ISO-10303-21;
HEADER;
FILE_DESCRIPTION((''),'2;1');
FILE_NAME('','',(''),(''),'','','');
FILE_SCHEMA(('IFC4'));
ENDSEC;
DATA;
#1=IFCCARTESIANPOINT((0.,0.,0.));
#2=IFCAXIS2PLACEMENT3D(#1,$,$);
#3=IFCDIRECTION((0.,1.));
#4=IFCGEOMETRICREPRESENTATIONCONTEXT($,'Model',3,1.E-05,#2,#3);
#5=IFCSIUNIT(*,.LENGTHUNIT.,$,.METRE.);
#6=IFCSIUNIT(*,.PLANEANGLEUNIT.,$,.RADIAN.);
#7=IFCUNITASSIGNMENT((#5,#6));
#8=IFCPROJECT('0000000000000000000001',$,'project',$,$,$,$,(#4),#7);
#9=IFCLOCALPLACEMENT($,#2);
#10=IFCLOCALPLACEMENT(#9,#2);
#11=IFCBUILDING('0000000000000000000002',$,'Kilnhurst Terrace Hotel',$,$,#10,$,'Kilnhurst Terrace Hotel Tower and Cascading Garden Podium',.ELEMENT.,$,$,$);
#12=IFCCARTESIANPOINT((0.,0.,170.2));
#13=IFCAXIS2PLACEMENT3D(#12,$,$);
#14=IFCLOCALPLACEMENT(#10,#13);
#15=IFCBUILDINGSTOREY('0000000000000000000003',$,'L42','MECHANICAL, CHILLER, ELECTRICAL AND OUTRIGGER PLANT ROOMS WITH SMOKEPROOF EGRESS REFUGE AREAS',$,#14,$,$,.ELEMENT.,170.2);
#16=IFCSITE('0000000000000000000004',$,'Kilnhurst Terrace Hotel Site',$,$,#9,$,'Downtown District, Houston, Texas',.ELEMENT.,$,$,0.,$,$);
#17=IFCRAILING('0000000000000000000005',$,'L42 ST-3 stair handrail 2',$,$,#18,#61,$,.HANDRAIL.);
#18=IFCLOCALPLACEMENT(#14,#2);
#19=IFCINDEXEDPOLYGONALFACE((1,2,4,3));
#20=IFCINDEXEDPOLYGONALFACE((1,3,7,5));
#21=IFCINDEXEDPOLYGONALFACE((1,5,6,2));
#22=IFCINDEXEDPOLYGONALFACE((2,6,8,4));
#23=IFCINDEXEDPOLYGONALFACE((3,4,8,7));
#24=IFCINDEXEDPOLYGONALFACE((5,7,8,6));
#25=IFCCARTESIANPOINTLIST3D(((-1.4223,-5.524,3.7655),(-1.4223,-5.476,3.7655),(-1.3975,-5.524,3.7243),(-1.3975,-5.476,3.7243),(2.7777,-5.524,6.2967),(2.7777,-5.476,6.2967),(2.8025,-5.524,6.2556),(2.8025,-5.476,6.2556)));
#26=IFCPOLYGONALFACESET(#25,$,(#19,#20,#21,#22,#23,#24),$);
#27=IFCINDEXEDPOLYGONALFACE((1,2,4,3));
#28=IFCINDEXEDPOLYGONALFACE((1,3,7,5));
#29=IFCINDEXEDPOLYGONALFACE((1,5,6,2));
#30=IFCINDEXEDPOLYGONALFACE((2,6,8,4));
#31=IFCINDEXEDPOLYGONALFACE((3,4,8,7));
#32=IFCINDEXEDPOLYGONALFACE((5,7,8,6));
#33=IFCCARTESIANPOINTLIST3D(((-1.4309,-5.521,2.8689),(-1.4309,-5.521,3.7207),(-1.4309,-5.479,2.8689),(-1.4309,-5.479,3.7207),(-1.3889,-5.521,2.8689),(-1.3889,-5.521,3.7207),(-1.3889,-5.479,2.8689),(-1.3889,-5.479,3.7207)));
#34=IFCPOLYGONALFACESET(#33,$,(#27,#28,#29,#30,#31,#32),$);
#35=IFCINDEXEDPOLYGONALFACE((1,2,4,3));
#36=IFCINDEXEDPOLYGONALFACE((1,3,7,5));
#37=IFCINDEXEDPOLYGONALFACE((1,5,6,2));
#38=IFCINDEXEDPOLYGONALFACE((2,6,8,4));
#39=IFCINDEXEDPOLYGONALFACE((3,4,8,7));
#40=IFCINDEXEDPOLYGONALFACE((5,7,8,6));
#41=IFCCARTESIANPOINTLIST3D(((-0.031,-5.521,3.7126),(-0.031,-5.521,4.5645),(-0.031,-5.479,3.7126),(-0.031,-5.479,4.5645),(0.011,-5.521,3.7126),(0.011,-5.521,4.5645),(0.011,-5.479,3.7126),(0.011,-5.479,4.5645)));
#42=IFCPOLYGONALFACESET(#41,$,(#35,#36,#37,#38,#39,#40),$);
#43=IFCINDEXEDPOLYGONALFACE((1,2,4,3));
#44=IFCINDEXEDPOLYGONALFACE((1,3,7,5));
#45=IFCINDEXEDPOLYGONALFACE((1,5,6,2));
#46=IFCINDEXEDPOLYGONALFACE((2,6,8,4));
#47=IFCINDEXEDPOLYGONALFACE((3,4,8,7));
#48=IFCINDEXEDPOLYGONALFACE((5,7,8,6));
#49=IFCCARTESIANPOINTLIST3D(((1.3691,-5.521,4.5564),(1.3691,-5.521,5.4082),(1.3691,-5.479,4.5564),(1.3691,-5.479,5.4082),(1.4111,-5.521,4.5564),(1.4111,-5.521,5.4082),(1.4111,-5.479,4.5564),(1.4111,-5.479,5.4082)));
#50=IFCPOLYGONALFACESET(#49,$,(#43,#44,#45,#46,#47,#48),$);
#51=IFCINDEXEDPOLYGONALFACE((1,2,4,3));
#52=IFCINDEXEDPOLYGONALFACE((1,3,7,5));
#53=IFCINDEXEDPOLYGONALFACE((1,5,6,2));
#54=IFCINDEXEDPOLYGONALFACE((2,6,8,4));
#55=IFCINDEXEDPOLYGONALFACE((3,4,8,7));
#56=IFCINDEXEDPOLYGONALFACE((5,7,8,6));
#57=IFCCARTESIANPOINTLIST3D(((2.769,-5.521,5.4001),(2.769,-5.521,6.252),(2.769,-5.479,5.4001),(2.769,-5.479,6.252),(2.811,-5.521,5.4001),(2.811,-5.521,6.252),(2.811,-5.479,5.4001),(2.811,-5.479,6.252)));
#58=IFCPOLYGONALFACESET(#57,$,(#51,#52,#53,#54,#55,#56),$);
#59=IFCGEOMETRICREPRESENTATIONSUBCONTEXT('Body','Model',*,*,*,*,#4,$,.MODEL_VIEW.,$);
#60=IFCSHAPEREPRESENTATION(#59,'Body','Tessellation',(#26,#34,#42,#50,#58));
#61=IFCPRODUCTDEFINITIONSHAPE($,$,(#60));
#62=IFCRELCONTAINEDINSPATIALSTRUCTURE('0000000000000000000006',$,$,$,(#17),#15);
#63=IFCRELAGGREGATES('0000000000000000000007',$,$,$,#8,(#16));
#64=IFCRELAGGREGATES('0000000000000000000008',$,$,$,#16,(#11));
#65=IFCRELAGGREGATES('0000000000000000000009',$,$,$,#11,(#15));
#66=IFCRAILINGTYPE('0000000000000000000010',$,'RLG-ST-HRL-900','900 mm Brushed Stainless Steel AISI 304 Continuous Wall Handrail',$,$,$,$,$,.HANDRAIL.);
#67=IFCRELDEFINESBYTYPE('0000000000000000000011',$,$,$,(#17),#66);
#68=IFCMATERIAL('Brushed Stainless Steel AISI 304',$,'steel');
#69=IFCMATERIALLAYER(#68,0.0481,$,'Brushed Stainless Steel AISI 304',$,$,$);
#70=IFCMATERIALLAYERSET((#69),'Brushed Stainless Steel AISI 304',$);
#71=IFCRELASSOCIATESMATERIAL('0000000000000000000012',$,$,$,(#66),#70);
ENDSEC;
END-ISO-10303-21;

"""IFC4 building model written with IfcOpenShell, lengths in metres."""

from ifc_helpers import new_model, si_unit, direction, frame, origin, origin_2d, place, context, subcontext, project, spatial, rectangle, extrude, material, layer, layer_set, type_object, element, save


model = new_model("IFC4")

# Units and contexts
model_context = context("Model", 3, precision=1e-05, world=origin(), true_north=direction((0.0, 1.0)))
body_context = subcontext(model_context, "Body", "Model", "MODEL_VIEW")
ifc_project = project(units=[si_unit("LENGTHUNIT", "METRE"), si_unit("PLANEANGLEUNIT", "RADIAN")], contexts=[model_context])

# Site, building, storey
site_placement = place(None, origin())
site = spatial("IfcSite", under=ifc_project, at=site_placement, Name="Kilnhurst Terrace Hotel Site", LongName="Downtown District, Houston, Texas", CompositionType="ELEMENT", RefElevation=0.0)
building_placement = place(site_placement, origin())
building = spatial("IfcBuilding", under=site, at=building_placement, Name="Kilnhurst Terrace Hotel", LongName="Kilnhurst Terrace Hotel Tower and Cascading Garden Podium", CompositionType="ELEMENT")
storey_placement = place(building_placement, frame((0.0, 0.0, 170.2)))
storey = spatial("IfcBuildingStorey", under=building, at=storey_placement, Name="L42", Description="MECHANICAL, CHILLER, ELECTRICAL AND OUTRIGGER PLANT ROOMS WITH SMOKEPROOF EGRESS REFUGE AREAS", CompositionType="ELEMENT", Elevation=170.2)

# Railing
ifc_material_1 = material(Name="Brushed Stainless Steel AISI 304", Category="steel")
ifc_layer_1 = layer(ifc_material_1, 0.0481, Name="Brushed Stainless Steel AISI 304")
ifc_layer_set_1 = layer_set([ifc_layer_1], Name="Brushed Stainless Steel AISI 304")
railing_type_1 = type_object("IfcRailingType", Name="RLG-ST-HRL-900", Description="900 mm Brushed Stainless Steel AISI 304 Continuous Wall Handrail", PredefinedType="HANDRAIL", material=ifc_layer_set_1)
railing_1_placement = place(storey_placement, frame((-1.4099, -5.5, 2.8689)))
element("IfcRailing", 1, at=railing_1_placement, inside=storey, type_object=railing_type_1, Name="L42 ST-3 stair handrail 2", PredefinedType="HANDRAIL", context=body_context, shape_type="SweptSolid", body=[
    extrude(rectangle(XDim=0.0481, YDim=0.0481, at=origin_2d()), frame((0.0, 0.0, 0.876), z_axis=(0.856476, 0.0, 0.516186), x_axis=(0.0, 1.0, 0.0)), (0.0, 0.0, 1.0), 4.9038),
    extrude(rectangle(XDim=0.042, YDim=0.042, at=origin_2d()), origin(), (0.0, 0.0, 1.0), 0.8518),
    extrude(rectangle(XDim=0.042, YDim=0.042, at=origin_2d()), frame((1.3999, 0.0, 0.8438)), (0.0, 0.0, 1.0), 0.8518),
    extrude(rectangle(XDim=0.042, YDim=0.042, at=origin_2d()), frame((2.8, 0.0, 1.6875)), (0.0, 0.0, 1.0), 0.8518),
    extrude(rectangle(XDim=0.042, YDim=0.042, at=origin_2d()), frame((4.2, 0.0, 2.5312)), (0.0, 0.0, 1.0), 0.8518),
])

save(model, "model.ifc")
